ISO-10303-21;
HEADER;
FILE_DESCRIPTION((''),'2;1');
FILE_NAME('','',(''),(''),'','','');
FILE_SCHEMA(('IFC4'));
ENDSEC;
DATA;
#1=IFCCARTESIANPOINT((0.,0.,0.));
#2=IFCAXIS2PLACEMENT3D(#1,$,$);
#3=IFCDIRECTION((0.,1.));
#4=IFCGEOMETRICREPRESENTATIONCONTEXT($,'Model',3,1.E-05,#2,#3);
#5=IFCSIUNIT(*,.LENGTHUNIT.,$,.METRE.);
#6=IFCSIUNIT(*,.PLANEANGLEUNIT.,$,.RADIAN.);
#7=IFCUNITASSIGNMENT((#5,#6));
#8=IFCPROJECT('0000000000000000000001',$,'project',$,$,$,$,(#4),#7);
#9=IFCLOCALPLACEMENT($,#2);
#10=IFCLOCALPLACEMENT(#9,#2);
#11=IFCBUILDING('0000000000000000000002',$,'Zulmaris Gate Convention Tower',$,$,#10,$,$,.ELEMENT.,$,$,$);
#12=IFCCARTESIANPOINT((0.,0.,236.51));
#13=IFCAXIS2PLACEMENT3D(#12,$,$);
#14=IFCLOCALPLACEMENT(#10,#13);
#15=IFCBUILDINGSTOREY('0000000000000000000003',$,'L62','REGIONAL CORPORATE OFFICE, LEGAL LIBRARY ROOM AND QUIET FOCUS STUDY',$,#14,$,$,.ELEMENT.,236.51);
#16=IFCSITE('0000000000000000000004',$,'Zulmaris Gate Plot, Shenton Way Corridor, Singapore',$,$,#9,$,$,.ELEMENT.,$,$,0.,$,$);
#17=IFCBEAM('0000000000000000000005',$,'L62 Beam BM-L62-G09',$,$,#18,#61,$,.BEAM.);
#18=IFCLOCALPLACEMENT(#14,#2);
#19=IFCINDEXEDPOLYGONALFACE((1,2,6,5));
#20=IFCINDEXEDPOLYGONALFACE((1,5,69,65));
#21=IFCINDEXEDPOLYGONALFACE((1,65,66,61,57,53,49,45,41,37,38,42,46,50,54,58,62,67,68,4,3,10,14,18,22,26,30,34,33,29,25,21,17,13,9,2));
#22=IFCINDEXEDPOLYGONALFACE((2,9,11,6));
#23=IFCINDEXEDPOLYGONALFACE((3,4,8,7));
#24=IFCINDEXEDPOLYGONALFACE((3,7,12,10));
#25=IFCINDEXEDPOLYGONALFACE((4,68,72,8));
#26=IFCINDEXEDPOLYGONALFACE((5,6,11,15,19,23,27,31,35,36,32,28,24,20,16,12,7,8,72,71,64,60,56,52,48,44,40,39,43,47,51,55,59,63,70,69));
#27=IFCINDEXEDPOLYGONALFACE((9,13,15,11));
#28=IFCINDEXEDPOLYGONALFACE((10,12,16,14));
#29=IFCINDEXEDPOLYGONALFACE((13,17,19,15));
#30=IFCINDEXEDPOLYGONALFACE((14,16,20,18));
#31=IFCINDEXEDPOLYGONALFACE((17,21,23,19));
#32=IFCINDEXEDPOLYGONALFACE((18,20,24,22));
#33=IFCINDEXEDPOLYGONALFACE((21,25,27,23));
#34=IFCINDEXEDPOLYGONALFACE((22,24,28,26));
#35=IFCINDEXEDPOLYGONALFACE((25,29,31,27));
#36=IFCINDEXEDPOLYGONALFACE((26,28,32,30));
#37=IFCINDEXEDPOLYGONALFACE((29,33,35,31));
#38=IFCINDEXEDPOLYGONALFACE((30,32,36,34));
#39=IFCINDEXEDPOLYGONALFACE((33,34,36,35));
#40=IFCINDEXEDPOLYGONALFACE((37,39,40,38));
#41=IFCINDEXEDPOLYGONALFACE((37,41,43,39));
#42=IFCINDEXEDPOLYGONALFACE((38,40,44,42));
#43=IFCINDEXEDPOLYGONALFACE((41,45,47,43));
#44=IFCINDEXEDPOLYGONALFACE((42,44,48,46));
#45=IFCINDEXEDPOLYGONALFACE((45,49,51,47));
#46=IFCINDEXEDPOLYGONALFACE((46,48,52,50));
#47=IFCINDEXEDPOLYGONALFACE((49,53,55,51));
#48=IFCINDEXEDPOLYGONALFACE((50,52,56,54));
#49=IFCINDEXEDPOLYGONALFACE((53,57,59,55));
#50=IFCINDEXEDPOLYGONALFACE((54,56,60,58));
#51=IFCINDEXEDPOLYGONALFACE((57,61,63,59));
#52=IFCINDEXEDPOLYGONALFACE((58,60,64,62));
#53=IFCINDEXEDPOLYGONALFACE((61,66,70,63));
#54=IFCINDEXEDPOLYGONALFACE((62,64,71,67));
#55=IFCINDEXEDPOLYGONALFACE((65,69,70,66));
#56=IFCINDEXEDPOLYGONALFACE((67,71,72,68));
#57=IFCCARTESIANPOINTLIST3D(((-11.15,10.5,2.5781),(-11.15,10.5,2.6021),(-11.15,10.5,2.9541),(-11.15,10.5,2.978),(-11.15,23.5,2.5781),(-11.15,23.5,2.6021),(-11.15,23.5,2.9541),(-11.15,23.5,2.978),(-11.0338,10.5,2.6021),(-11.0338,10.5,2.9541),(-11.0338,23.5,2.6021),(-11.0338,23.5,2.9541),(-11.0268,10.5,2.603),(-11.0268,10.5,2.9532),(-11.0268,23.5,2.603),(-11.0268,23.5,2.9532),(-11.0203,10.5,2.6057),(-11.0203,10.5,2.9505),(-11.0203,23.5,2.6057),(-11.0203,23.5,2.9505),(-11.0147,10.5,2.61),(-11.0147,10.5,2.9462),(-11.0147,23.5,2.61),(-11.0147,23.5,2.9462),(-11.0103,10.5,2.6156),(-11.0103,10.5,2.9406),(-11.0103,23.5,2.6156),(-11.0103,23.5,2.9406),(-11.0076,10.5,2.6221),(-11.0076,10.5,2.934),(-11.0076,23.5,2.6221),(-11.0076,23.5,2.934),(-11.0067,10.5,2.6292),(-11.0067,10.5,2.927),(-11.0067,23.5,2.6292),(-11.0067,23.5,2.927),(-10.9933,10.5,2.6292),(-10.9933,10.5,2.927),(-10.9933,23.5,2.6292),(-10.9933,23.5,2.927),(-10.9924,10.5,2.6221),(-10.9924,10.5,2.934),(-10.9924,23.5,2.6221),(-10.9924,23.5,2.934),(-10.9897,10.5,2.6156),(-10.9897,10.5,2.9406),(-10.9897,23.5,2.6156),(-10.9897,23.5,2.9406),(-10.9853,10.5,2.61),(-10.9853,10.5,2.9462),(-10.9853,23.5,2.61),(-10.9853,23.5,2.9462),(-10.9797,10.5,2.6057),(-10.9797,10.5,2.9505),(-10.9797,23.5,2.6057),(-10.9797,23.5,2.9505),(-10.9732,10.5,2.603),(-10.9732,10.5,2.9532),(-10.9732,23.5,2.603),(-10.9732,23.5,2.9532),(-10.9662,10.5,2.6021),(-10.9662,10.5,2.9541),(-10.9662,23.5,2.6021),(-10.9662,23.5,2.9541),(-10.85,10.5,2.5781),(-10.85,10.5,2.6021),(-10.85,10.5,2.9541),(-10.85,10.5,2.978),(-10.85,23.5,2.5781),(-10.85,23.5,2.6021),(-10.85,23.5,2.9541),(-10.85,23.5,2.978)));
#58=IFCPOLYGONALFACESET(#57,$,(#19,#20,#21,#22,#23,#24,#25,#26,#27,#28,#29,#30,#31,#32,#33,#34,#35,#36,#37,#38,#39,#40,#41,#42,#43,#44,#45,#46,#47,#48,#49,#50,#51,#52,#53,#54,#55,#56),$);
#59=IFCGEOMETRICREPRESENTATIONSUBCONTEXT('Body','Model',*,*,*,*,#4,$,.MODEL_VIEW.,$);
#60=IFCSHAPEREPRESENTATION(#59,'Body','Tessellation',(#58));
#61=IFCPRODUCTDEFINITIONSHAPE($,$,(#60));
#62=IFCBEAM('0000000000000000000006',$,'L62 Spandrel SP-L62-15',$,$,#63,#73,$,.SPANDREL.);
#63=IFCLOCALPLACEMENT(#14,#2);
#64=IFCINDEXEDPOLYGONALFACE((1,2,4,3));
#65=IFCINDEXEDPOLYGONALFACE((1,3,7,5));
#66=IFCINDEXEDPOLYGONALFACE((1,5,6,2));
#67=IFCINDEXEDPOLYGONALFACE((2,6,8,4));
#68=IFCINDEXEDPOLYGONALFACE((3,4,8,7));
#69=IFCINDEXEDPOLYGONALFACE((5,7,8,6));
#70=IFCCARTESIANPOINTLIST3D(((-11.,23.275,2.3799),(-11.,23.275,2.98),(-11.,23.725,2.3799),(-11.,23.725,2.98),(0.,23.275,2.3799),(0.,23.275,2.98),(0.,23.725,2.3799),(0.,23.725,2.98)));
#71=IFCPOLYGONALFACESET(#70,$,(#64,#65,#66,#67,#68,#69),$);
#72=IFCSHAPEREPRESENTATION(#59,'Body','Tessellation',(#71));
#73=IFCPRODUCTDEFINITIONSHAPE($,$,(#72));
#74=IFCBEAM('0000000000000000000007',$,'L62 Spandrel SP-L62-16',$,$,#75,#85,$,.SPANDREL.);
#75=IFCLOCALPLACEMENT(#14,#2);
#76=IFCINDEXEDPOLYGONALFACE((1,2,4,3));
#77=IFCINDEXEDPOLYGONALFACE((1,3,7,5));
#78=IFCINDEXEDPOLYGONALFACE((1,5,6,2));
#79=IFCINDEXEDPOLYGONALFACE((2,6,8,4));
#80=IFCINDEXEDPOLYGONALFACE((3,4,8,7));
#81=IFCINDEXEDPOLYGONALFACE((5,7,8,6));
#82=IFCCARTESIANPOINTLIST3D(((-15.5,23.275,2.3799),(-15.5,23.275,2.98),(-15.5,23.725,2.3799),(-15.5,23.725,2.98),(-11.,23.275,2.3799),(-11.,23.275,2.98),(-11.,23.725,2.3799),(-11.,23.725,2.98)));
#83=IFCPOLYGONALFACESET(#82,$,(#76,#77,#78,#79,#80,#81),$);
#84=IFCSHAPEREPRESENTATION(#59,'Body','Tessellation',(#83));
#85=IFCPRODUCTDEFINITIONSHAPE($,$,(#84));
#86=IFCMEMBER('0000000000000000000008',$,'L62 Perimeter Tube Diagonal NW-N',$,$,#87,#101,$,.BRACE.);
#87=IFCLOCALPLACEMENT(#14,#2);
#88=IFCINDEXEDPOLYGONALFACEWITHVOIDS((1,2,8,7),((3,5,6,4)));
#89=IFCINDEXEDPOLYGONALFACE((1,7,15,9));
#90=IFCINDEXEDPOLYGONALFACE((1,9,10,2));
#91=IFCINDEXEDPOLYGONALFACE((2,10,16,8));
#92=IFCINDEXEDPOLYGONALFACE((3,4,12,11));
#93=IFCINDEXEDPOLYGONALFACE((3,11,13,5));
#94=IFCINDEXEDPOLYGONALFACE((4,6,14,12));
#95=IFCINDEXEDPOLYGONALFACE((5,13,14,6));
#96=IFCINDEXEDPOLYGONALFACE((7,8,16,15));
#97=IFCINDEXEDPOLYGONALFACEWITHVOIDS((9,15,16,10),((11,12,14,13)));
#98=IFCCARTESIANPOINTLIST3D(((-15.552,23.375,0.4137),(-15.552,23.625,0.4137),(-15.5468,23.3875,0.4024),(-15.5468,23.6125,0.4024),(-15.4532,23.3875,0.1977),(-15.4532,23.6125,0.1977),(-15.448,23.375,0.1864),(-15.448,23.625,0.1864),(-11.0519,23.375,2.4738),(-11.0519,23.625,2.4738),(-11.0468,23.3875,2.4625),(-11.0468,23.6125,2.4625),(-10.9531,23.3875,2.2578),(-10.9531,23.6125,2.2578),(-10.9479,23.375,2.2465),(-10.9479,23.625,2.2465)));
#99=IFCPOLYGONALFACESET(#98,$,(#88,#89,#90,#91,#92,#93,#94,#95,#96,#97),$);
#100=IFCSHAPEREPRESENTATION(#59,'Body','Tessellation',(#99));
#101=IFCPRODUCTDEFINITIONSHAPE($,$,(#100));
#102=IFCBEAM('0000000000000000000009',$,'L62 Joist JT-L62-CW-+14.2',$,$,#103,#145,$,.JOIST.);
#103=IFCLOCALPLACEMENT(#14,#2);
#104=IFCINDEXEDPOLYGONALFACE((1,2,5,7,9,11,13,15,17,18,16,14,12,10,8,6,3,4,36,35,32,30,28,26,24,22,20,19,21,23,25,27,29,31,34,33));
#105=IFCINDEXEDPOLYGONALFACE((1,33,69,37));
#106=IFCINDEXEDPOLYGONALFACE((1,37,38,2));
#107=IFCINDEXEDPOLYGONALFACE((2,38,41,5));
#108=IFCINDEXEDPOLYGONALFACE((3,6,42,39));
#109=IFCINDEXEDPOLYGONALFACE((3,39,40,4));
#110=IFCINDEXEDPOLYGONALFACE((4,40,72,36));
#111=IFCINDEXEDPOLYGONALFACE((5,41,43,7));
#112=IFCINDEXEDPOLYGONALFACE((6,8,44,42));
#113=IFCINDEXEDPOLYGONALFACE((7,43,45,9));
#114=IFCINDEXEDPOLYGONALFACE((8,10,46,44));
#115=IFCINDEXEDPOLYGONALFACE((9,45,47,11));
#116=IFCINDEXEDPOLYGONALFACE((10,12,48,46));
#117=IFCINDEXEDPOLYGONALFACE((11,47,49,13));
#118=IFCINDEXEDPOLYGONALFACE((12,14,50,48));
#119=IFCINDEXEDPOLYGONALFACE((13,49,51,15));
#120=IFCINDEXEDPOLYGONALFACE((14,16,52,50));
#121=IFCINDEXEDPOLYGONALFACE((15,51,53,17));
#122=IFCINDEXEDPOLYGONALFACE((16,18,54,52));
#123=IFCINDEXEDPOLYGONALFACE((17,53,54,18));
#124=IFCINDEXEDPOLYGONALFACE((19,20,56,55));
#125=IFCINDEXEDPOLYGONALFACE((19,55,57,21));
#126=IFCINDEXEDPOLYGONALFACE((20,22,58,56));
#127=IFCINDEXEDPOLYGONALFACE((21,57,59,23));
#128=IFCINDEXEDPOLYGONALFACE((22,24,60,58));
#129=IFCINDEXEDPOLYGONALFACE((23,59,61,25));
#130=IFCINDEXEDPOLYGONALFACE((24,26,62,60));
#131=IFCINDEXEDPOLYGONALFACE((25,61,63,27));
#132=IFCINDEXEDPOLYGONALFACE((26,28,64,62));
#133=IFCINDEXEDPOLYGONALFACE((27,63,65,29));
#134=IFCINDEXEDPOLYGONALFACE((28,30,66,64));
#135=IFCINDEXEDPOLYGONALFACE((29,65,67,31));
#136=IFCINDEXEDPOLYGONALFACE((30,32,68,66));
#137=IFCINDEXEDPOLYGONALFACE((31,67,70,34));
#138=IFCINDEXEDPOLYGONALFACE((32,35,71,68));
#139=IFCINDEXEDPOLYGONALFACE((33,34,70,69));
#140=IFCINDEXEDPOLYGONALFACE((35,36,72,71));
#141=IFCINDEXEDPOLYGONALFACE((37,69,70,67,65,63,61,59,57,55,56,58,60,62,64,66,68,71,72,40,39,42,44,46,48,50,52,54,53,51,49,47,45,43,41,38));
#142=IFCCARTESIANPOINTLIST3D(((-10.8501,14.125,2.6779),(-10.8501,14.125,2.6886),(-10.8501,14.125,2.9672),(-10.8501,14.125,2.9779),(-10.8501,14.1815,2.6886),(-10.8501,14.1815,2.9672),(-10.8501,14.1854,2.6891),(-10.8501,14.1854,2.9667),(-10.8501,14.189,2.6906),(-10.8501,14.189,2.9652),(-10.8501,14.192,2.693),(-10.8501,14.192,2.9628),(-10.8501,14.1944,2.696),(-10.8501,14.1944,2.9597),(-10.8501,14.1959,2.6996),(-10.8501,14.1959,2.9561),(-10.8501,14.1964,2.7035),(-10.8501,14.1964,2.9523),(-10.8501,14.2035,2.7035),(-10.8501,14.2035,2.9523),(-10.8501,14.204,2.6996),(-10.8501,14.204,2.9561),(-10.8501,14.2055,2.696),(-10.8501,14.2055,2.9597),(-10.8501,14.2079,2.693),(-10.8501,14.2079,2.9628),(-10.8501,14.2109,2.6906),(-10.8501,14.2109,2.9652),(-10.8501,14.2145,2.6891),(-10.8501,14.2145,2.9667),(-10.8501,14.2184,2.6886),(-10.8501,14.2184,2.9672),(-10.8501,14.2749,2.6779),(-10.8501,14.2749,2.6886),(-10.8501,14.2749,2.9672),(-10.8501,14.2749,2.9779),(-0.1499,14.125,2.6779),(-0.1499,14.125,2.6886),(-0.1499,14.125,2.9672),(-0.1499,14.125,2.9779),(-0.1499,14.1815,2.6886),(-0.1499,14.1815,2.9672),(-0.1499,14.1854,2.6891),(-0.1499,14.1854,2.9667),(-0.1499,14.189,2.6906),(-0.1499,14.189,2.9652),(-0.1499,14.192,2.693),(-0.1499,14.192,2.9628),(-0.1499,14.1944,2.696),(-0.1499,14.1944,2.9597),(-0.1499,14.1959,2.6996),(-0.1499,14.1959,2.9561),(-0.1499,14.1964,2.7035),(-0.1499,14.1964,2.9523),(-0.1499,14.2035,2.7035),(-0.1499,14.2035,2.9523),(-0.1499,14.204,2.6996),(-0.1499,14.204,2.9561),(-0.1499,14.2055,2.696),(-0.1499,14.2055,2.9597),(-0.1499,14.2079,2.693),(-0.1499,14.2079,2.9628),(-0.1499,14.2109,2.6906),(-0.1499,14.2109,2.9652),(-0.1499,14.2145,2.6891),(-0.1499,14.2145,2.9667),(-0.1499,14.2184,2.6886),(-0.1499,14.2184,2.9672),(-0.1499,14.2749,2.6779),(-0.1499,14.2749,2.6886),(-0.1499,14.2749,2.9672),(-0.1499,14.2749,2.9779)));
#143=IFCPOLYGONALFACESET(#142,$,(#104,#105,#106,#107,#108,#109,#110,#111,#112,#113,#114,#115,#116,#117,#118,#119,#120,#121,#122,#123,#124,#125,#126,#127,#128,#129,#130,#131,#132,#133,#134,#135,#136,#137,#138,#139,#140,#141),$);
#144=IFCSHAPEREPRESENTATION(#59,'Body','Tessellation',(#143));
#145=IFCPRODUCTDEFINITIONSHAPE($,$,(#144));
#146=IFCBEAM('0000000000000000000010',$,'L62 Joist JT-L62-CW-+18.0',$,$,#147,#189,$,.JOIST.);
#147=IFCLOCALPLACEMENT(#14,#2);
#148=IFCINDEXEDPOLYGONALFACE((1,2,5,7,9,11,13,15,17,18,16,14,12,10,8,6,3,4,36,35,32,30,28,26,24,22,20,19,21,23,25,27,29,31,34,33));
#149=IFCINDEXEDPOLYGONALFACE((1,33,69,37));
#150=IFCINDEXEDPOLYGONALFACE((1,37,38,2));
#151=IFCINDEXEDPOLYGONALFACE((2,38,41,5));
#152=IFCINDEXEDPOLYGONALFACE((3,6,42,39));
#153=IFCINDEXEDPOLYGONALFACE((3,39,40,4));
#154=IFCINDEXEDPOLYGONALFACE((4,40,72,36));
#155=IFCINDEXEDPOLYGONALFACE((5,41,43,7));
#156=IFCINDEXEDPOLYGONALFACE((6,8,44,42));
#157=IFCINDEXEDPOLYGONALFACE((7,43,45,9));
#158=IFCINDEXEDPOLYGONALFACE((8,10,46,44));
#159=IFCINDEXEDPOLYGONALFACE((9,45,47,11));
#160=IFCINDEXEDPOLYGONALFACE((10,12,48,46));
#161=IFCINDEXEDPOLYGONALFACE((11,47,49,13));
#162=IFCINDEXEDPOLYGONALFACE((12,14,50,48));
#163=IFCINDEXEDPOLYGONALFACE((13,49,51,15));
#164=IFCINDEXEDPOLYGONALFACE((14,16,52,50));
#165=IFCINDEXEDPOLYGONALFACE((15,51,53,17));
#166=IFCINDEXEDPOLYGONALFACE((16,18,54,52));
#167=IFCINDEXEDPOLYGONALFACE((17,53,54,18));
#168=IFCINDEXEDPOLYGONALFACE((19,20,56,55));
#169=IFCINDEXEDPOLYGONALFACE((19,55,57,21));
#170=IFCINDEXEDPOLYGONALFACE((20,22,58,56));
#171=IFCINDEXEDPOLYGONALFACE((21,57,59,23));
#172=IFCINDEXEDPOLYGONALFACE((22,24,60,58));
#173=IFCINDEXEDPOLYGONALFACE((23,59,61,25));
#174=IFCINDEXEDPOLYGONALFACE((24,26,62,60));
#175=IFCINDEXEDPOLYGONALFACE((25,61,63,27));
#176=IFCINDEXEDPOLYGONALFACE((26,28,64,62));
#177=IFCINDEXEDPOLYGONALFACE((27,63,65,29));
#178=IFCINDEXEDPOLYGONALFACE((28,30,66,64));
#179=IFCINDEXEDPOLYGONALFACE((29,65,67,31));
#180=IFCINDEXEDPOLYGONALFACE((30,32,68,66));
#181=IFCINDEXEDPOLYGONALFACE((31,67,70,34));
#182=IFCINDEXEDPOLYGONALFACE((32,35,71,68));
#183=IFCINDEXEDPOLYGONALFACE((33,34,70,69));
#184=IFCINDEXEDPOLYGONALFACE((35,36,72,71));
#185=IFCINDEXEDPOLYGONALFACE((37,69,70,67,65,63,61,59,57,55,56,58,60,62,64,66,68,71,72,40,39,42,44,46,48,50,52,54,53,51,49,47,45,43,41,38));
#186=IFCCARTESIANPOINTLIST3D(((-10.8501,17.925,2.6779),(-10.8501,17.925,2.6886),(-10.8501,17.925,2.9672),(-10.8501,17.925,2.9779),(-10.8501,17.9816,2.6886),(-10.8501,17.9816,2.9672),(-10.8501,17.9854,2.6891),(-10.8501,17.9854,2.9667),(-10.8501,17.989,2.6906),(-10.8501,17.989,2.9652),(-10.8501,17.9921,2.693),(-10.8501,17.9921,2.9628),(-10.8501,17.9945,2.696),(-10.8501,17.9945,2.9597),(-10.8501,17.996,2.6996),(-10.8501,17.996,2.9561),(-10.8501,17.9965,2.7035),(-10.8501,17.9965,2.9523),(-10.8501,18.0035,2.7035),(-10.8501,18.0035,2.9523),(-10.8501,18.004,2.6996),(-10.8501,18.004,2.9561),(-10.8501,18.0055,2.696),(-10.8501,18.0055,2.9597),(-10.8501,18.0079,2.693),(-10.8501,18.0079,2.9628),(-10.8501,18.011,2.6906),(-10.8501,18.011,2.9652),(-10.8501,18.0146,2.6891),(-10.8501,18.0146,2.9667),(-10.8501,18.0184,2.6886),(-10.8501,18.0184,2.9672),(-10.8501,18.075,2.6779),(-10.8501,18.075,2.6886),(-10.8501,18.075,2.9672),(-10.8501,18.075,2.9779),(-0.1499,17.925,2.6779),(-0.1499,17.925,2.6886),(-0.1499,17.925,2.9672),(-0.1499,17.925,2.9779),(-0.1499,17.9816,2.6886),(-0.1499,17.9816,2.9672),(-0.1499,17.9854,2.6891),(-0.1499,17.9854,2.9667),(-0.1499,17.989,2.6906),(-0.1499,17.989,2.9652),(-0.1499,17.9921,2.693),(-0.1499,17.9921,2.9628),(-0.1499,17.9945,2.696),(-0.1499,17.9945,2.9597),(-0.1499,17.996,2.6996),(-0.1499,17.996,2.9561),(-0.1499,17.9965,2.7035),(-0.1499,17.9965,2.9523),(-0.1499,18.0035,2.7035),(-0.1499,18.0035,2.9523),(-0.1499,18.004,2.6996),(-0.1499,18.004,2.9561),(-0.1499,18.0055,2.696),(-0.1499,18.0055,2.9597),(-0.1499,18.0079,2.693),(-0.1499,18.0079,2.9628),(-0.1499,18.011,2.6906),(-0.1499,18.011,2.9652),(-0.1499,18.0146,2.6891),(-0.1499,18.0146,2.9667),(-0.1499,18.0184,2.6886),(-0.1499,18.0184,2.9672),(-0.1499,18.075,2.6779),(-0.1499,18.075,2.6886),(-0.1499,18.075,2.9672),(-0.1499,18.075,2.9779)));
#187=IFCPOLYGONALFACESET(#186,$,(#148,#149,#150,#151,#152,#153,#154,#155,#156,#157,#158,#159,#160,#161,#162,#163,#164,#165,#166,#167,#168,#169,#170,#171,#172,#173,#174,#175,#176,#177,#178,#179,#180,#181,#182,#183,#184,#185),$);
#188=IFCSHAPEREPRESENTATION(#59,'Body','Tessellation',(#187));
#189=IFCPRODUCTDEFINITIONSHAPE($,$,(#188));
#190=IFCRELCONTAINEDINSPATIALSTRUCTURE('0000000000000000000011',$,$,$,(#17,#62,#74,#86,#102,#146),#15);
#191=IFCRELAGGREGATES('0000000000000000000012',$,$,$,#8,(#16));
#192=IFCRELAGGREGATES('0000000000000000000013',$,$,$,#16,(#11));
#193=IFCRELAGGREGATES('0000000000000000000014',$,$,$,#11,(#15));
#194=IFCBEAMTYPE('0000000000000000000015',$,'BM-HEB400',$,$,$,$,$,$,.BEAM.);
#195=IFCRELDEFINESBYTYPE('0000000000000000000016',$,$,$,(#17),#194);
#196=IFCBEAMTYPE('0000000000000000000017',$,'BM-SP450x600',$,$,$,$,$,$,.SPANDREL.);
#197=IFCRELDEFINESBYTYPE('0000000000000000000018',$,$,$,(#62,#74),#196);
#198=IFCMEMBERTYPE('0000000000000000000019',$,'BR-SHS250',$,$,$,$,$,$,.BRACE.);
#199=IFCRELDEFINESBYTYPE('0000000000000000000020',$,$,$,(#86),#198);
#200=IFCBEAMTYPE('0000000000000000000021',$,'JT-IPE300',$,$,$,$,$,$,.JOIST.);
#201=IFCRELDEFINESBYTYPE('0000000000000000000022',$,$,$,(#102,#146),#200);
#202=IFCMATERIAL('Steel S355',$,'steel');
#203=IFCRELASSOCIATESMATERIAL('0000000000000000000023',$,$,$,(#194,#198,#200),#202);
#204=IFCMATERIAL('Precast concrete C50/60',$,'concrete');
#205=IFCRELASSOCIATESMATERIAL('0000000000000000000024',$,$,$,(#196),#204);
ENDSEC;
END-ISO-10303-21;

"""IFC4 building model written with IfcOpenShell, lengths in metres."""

from ifc_helpers import new_model, si_unit, direction, frame, origin, origin_2d, place, context, subcontext, project, spatial, rectangle, hollow_rectangle, i_section, extrude, material, material_profile, profile_set, type_object, element, save


model = new_model("IFC4")

# Units and contexts
model_context = context("Model", 3, precision=1e-05, world=origin(), true_north=direction((0.0, 1.0)))
body_context = subcontext(model_context, "Body", "Model", "MODEL_VIEW")
ifc_project = project(units=[si_unit("LENGTHUNIT", "METRE"), si_unit("PLANEANGLEUNIT", "RADIAN")], contexts=[model_context])

# Site, building, storey
site_placement = place(None, origin())
site = spatial("IfcSite", under=ifc_project, at=site_placement, Name="Zulmaris Gate Plot, Shenton Way Corridor, Singapore", CompositionType="ELEMENT", RefElevation=0.0)
building_placement = place(site_placement, origin())
building = spatial("IfcBuilding", under=site, at=building_placement, Name="Zulmaris Gate Convention Tower", CompositionType="ELEMENT")
storey_placement = place(building_placement, frame((0.0, 0.0, 236.51)))
storey = spatial("IfcBuildingStorey", under=building, at=storey_placement, Name="L62", Description="REGIONAL CORPORATE OFFICE, LEGAL LIBRARY ROOM AND QUIET FOCUS STUDY", CompositionType="ELEMENT", Elevation=236.51)

# Beams
ifc_material_1 = material(Name="Steel S355", Category="steel")
ifc_material_profile_1 = material_profile(ifc_material_1, i_section(OverallWidth=0.3, OverallDepth=0.3999, WebThickness=0.0134, FlangeThickness=0.0239, FilletRadius=0.0271, at=origin_2d()), Name="HEB 400")
ifc_profile_set_1 = profile_set([ifc_material_profile_1], Name="Steel S355")
beam_type_1 = type_object("IfcBeamType", Name="BM-HEB400", PredefinedType="BEAM", material=ifc_profile_set_1)
beam_1_placement = place(storey_placement, frame((-11.0, 10.5, 2.7781), z_axis=(0.0, 1.0, 0.0), x_axis=(-1.0, 0.0, 0.0)))
element("IfcBeam", 1, at=beam_1_placement, inside=storey, type_object=beam_type_1, Name="L62 Beam BM-L62-G09", PredefinedType="BEAM", context=body_context, shape_type="SweptSolid", body=[
    extrude(i_section(OverallWidth=0.3, OverallDepth=0.3999, WebThickness=0.0134, FlangeThickness=0.0239, FilletRadius=0.0271, at=origin_2d()), origin(), (0.0, 0.0, 1.0), 13.0),
])
ifc_material_2 = material(Name="Precast concrete C50/60", Category="concrete")
ifc_material_profile_2 = material_profile(ifc_material_2, rectangle(XDim=0.45, YDim=0.6001, at=origin_2d()), Name="RC SPANDREL 450x600")
ifc_profile_set_2 = profile_set([ifc_material_profile_2], Name="Precast concrete C50/60")
beam_type_2 = type_object("IfcBeamType", Name="BM-SP450x600", PredefinedType="SPANDREL", material=ifc_profile_set_2)
beam_2_placement = place(storey_placement, frame((0.0, 23.5, 2.6799), z_axis=(-1.0, 0.0, 0.0), x_axis=(0.0, -1.0, 0.0)))
element("IfcBeam", 2, at=beam_2_placement, inside=storey, type_object=beam_type_2, Name="L62 Spandrel SP-L62-15", PredefinedType="SPANDREL", context=body_context, shape_type="SweptSolid", body=[
    extrude(rectangle(XDim=0.45, YDim=0.6001, at=origin_2d()), origin(), (0.0, 0.0, 1.0), 11.0),
])
beam_3_placement = place(storey_placement, frame((-11.0, 23.5, 2.6799), z_axis=(-1.0, 0.0, 0.0), x_axis=(0.0, -1.0, 0.0)))
element("IfcBeam", 3, at=beam_3_placement, inside=storey, type_object=beam_type_2, Name="L62 Spandrel SP-L62-16", PredefinedType="SPANDREL", context=body_context, shape_type="SweptSolid", body=[
    extrude(rectangle(XDim=0.45, YDim=0.6001, at=origin_2d()), origin(), (0.0, 0.0, 1.0), 4.5),
])

# Member
ifc_material_profile_3 = material_profile(ifc_material_1, hollow_rectangle(XDim=0.25, YDim=0.25, WallThickness=0.0125, at=origin_2d()), Name="SHS 250x250x12.5")
ifc_profile_set_3 = profile_set([ifc_material_profile_3], Name="Steel S355")
member_type = type_object("IfcMemberType", Name="BR-SHS250", PredefinedType="BRACE", material=ifc_profile_set_3)
member_placement = place(storey_placement, frame((-15.5, 23.5, 0.3), z_axis=(0.909252, 0.0, 0.416247), x_axis=(0.0, 1.0, 0.0)))
element("IfcMember", 4, at=member_placement, inside=storey, type_object=member_type, Name="L62 Perimeter Tube Diagonal NW-N", PredefinedType="BRACE", context=body_context, shape_type="SweptSolid", body=[
    extrude(hollow_rectangle(XDim=0.25, YDim=0.25, WallThickness=0.0125, at=origin_2d()), origin(), (0.0, 0.0, 1.0), 4.9492),
])

# Beams
ifc_material_profile_4 = material_profile(ifc_material_1, i_section(OverallWidth=0.1499, OverallDepth=0.3, WebThickness=0.0071, FlangeThickness=0.0107, FilletRadius=0.0149, at=origin_2d()), Name="IPE 300")
ifc_profile_set_4 = profile_set([ifc_material_profile_4], Name="Steel S355")
beam_type_3 = type_object("IfcBeamType", Name="JT-IPE300", PredefinedType="JOIST", material=ifc_profile_set_4)
for number, where, z_axis, x_axis, name in (
    (5, (-10.8501, 14.2, 2.8279), (1.0, 0.0, 0.0), (0.0, 1.0, 0.0), "L62 Joist JT-L62-CW-+14.2"),
    (6, (-10.8501, 18.0, 2.8279), (1.0, 0.0, 0.0), (0.0, 1.0, 0.0), "L62 Joist JT-L62-CW-+18.0"),
):
    element("IfcBeam", number, at=place(storey_placement, frame(where, z_axis=z_axis, x_axis=x_axis)), inside=storey, type_object=beam_type_3, Name=name, PredefinedType="JOIST", context=body_context, shape_type="SweptSolid", body=[
        extrude(i_section(OverallWidth=0.1499, OverallDepth=0.3, WebThickness=0.0071, FlangeThickness=0.0107, FilletRadius=0.0149, at=origin_2d()), origin(), (0.0, 0.0, 1.0), 10.7002),
    ])

save(model, "model.ifc")
